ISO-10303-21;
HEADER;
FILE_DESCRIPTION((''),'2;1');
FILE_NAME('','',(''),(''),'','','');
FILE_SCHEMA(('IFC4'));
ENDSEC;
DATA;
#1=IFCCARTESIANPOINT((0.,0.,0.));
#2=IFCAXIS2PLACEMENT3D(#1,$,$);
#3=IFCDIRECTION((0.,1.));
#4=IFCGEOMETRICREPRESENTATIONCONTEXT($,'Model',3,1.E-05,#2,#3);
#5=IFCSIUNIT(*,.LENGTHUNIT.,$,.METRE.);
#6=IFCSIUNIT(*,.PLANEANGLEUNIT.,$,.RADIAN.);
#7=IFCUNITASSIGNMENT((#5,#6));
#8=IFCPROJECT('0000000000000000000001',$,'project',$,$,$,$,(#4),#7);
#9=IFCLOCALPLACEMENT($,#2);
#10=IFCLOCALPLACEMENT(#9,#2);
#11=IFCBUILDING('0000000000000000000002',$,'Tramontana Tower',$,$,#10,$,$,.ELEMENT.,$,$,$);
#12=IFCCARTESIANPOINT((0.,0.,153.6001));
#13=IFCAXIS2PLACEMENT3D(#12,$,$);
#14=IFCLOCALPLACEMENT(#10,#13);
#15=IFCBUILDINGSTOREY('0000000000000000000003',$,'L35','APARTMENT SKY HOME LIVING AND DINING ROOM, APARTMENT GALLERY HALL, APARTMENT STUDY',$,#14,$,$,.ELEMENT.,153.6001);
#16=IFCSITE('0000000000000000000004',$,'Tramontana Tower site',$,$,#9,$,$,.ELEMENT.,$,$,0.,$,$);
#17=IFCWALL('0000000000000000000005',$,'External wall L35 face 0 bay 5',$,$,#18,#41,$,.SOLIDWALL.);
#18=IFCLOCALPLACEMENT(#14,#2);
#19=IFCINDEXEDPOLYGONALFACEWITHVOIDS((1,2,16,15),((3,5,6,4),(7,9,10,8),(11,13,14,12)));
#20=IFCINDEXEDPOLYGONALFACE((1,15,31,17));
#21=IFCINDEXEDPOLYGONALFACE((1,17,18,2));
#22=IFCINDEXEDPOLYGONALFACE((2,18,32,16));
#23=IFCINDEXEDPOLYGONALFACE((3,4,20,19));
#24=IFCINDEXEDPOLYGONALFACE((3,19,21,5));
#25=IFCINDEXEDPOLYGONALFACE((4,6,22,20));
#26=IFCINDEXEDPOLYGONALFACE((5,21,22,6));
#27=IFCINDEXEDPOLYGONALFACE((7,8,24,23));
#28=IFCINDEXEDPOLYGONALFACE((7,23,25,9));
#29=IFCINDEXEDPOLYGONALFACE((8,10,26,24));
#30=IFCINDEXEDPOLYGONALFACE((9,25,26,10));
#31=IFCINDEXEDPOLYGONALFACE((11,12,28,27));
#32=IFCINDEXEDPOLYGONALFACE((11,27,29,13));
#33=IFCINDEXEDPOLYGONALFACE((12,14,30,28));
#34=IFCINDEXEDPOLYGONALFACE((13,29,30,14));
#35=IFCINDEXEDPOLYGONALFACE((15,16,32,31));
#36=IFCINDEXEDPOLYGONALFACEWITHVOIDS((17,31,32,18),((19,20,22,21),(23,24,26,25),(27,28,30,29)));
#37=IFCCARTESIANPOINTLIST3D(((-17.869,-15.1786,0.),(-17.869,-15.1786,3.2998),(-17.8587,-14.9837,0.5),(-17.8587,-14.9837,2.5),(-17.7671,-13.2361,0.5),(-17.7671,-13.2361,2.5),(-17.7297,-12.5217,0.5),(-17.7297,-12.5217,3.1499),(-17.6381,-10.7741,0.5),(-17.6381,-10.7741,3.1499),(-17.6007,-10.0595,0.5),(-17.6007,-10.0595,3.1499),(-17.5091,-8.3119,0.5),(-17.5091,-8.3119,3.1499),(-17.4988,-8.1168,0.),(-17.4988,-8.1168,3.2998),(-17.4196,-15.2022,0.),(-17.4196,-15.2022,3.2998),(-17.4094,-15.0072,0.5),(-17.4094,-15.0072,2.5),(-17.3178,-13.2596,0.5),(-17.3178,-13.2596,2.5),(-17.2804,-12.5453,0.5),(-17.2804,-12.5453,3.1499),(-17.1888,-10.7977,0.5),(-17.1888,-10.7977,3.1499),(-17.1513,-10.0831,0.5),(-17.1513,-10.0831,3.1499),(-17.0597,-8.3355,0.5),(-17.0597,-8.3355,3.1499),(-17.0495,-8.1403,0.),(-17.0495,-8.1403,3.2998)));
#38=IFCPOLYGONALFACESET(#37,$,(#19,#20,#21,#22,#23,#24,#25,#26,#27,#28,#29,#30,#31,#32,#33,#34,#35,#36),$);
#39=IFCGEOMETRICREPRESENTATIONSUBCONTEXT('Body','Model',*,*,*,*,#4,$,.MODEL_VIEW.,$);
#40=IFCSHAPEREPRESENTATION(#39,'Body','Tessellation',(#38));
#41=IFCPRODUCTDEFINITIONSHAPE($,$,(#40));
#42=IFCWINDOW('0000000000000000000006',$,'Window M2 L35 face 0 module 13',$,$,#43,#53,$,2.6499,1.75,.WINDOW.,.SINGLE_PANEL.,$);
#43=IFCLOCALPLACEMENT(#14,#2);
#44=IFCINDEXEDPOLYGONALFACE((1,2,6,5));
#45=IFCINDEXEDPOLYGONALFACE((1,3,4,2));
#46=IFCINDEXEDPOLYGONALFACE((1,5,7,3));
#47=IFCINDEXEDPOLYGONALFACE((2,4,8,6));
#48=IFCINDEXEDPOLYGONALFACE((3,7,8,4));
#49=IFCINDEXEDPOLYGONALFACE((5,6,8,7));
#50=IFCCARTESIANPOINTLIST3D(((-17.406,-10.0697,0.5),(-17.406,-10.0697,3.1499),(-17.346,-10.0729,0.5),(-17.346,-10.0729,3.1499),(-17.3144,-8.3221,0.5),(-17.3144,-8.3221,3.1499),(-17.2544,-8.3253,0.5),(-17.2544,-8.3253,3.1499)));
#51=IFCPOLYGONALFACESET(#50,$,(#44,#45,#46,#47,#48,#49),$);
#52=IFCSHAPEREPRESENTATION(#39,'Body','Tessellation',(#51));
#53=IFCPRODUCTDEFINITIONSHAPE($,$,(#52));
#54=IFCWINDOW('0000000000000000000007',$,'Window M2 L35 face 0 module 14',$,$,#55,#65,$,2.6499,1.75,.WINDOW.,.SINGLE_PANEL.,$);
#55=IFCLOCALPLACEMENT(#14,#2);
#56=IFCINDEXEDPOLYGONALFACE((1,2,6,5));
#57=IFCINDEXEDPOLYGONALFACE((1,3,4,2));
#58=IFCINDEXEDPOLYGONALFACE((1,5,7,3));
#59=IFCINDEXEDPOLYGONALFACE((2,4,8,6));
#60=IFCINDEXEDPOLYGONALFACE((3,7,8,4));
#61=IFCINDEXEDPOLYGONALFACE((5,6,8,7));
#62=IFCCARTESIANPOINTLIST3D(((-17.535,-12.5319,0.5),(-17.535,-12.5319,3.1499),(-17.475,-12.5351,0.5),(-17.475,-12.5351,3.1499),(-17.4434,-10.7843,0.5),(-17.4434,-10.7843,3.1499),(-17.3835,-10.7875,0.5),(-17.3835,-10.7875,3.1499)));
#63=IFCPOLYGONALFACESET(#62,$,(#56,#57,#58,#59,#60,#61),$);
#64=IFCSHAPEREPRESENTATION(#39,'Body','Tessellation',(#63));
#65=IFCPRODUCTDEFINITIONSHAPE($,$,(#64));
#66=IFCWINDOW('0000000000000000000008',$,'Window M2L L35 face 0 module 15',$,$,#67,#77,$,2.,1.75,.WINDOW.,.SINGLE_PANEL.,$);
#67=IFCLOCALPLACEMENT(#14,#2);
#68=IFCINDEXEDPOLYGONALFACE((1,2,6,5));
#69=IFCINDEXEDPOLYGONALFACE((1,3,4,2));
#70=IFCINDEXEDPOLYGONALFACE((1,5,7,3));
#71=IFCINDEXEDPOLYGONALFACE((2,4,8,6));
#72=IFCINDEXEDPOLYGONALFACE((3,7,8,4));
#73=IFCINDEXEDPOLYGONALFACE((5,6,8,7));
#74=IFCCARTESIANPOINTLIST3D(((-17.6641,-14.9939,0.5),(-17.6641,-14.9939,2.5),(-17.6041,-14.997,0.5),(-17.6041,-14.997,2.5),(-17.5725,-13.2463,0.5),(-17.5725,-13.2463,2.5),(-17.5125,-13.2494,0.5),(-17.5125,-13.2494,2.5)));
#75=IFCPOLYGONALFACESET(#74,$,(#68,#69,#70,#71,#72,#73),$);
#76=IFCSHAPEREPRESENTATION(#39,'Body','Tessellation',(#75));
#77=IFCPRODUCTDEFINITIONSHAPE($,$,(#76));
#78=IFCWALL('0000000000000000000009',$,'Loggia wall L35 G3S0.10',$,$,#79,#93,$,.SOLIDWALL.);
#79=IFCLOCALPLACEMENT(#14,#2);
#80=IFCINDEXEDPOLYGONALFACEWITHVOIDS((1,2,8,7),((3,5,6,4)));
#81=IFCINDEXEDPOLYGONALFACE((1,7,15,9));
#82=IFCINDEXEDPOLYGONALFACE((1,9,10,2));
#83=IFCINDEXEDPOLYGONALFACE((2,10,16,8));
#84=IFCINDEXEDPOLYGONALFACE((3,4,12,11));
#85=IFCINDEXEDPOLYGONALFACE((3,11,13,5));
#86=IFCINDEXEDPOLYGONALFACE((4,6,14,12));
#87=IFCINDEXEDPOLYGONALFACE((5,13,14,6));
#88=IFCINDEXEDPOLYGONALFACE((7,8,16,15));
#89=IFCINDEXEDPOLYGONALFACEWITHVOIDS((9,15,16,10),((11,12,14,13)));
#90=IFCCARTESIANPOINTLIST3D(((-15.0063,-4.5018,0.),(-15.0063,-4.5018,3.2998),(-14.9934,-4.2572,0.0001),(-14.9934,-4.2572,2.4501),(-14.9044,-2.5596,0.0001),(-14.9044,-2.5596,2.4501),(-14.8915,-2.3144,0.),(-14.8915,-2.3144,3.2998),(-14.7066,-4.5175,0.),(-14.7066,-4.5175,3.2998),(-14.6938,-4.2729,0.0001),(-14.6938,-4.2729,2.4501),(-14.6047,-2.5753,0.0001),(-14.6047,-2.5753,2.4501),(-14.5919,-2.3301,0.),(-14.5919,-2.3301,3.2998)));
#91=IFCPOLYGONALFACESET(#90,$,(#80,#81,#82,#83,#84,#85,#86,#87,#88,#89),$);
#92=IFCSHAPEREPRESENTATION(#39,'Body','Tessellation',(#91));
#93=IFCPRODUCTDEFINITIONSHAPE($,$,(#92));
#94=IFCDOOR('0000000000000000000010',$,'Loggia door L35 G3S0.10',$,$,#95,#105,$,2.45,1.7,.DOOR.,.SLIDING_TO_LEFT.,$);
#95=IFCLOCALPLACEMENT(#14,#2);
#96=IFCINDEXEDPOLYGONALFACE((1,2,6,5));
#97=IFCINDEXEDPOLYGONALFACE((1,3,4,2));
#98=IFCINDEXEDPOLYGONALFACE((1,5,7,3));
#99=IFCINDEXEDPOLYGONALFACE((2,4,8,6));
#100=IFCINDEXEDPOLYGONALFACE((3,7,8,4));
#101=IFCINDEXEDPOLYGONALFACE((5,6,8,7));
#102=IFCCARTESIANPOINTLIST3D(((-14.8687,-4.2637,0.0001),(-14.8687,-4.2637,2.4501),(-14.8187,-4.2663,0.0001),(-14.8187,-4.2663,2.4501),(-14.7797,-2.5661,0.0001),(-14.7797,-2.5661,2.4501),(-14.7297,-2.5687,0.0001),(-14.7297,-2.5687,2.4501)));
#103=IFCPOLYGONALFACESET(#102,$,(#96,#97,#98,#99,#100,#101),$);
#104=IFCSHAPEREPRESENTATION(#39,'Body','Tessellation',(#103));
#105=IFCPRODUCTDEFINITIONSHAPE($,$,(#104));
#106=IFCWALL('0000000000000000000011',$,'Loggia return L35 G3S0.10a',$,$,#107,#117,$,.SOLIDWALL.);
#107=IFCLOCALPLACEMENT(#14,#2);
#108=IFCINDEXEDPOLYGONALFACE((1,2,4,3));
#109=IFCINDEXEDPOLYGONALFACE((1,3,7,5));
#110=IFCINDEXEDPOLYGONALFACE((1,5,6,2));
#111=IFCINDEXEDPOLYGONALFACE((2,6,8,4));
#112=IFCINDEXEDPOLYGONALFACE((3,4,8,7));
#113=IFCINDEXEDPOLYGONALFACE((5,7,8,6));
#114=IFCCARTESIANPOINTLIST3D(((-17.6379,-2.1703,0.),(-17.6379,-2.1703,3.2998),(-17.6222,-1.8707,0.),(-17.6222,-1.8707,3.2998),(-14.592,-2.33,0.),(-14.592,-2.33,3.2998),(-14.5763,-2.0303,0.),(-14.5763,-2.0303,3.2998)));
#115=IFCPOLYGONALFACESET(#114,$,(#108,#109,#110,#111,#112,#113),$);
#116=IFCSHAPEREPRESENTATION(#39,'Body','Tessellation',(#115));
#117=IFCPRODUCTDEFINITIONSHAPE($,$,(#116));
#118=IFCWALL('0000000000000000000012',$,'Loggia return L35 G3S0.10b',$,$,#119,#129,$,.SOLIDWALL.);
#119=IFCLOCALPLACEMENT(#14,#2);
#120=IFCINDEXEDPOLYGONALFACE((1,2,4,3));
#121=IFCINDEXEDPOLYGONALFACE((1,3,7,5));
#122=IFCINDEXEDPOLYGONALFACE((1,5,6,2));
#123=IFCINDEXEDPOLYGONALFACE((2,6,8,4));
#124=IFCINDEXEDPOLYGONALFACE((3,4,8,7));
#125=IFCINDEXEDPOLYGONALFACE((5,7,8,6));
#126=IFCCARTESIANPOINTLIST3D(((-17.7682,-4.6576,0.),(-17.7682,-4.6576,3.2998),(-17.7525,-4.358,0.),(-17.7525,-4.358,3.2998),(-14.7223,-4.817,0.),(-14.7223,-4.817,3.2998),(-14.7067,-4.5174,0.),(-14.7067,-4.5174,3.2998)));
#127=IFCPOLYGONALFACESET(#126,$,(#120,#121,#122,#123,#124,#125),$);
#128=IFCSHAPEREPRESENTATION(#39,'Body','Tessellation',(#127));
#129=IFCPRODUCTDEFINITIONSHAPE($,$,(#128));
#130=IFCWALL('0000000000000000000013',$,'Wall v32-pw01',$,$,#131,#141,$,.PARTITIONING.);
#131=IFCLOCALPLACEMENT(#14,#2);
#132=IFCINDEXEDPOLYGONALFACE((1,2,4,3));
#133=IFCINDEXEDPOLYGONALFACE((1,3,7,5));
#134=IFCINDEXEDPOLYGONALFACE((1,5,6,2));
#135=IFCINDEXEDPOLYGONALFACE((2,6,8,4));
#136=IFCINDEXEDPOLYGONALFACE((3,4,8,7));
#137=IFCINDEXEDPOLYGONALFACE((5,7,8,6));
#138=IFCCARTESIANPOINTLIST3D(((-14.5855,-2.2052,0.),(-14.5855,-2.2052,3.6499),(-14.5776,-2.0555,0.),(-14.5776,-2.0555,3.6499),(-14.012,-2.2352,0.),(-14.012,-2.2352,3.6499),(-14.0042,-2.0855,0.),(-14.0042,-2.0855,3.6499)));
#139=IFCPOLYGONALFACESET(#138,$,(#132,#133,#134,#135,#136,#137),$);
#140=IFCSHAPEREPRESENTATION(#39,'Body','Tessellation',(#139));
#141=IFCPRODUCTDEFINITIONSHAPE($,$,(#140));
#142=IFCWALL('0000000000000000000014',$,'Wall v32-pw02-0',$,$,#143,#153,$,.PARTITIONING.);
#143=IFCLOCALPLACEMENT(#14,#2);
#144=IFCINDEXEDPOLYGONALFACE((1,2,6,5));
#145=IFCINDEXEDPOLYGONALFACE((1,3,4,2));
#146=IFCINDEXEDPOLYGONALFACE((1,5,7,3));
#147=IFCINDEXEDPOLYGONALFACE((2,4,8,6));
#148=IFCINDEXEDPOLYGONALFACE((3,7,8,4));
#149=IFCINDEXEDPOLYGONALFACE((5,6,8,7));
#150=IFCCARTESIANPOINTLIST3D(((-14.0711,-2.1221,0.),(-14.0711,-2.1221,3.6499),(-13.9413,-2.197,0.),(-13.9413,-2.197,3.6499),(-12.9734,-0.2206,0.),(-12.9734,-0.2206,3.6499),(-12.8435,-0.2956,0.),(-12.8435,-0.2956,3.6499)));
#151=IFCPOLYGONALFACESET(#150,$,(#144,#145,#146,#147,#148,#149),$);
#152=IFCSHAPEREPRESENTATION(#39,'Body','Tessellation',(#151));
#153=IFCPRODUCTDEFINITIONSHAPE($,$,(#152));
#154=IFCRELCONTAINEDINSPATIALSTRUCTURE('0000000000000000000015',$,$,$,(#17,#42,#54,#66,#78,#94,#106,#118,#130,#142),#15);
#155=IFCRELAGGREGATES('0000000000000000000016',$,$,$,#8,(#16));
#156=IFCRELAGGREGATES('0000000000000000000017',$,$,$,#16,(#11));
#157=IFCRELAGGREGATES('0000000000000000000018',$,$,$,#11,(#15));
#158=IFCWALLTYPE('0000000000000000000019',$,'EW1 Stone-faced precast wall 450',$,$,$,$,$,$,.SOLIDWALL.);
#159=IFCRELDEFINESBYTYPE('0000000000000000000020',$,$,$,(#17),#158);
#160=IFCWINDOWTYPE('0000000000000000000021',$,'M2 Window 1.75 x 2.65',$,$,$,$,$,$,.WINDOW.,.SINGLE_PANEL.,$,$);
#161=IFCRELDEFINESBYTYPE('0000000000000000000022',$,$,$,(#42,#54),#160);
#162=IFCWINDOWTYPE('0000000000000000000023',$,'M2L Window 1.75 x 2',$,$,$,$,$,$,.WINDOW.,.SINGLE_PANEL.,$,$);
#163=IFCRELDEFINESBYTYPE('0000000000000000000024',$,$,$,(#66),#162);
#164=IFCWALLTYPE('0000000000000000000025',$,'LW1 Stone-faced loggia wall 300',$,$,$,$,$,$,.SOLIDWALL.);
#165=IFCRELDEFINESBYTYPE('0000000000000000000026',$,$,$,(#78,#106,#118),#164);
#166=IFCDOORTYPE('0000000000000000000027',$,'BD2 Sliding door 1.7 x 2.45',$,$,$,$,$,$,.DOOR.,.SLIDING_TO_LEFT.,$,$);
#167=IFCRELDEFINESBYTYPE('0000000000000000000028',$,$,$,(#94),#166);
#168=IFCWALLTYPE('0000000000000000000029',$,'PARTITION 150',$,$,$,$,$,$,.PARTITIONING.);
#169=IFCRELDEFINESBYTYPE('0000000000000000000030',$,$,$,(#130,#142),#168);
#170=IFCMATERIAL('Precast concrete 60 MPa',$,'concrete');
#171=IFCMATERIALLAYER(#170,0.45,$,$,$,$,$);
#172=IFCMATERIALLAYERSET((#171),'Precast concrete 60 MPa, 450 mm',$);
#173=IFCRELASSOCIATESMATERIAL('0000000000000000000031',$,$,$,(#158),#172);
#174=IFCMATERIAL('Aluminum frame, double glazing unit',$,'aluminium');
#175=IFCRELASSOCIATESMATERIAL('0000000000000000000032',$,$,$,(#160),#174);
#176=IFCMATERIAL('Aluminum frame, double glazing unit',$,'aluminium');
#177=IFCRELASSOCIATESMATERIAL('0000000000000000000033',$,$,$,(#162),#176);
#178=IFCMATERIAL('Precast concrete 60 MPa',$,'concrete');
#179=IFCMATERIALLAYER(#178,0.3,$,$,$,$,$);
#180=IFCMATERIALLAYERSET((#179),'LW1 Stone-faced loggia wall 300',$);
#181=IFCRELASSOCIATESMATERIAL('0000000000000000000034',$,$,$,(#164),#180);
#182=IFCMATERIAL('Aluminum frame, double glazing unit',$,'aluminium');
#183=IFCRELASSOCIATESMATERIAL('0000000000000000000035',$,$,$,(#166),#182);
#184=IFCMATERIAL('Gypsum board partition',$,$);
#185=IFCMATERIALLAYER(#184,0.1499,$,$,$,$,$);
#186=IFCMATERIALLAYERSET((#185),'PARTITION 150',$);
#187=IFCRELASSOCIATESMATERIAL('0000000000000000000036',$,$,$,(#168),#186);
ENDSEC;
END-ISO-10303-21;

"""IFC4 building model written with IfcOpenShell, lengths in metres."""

from ifc_helpers import new_model, si_unit, direction, frame, frame_2d, origin, place, context, subcontext, project, spatial, rectangle, extrude, material, layer, layer_set, type_object, element, fill, save


model = new_model("IFC4")

# Units and contexts
model_context = context("Model", 3, precision=1e-05, world=origin(), true_north=direction((0.0, 1.0)))
body_context = subcontext(model_context, "Body", "Model", "MODEL_VIEW")
ifc_project = project(units=[si_unit("LENGTHUNIT", "METRE"), si_unit("PLANEANGLEUNIT", "RADIAN")], contexts=[model_context])

# Site, building, storey
site_placement = place(None, origin())
site = spatial("IfcSite", under=ifc_project, at=site_placement, Name="Tramontana Tower site", CompositionType="ELEMENT", RefElevation=0.0)
building_placement = place(site_placement, origin())
building = spatial("IfcBuilding", under=site, at=building_placement, Name="Tramontana Tower", CompositionType="ELEMENT")
storey_placement = place(building_placement, frame((0.0, 0.0, 153.6001)))
storey = spatial("IfcBuildingStorey", under=building, at=storey_placement, Name="L35", Description="APARTMENT SKY HOME LIVING AND DINING ROOM, APARTMENT GALLERY HALL, APARTMENT STUDY", CompositionType="ELEMENT", Elevation=153.6001)

# Shared definitions
ifc_material_1 = material(Name="Precast concrete 60 MPa", Category="concrete")
ifc_layer_1 = layer(ifc_material_1, 0.45)
ifc_layer_set_1 = layer_set([ifc_layer_1], Name="Precast concrete 60 MPa, 450 mm")
wall_type_1 = type_object("IfcWallType", Name="EW1 Stone-faced precast wall 450", PredefinedType="SOLIDWALL", material=ifc_layer_set_1)
ifc_material_2 = material(Name="Aluminum frame, double glazing unit", Category="aluminium")
window_type_1 = type_object("IfcWindowType", Name="M2 Window 1.75 x 2.65", PartitioningType="SINGLE_PANEL", PredefinedType="WINDOW", material=ifc_material_2)

# Wall, openings, windows
wall_1_placement = place(storey_placement, frame((-17.2742, -8.1287, 0.0), z_axis=(0.0, 0.0, 1.0), x_axis=(-0.05234, -0.998629, 0.0)))
wall_1 = element("IfcWall", 1, at=wall_1_placement, inside=storey, type_object=wall_type_1, Name="External wall L35 face 0 bay 5", PredefinedType="SOLIDWALL", context=body_context, shape_type="SweptSolid", body=[
    extrude(rectangle(XDim=7.0715, YDim=0.45, at=frame_2d((3.5356, 0.0))), origin(), (0.0, 0.0, 1.0), 3.2998),
])
opening_1_placement = place(wall_1_placement, frame((0.1953, 0.0, 0.5)))
opening_1 = element("IfcOpeningElement", 2, at=opening_1_placement, cuts=wall_1, PredefinedType="OPENING", context=body_context, shape_type="SweptSolid", body=[
    extrude(rectangle(XDim=1.75, YDim=2.6499, at=frame_2d((0.875, 1.325))), frame((0.0, 0.2349, 0.0), z_axis=(0.0, -1.0, 0.0), x_axis=(1.0, 0.0, 0.0)), (0.0, 0.0, 1.0), 0.47),
])
opening_2_placement = place(wall_1_placement, frame((2.6609, 0.0, 0.5)))
opening_2 = element("IfcOpeningElement", 3, at=opening_2_placement, cuts=wall_1, PredefinedType="OPENING", context=body_context, shape_type="SweptSolid", body=[
    extrude(rectangle(XDim=1.75, YDim=2.6499, at=frame_2d((0.875, 1.325))), frame((0.0, 0.2349, 0.0), z_axis=(0.0, -1.0, 0.0), x_axis=(1.0, 0.0, 0.0)), (0.0, 0.0, 1.0), 0.47),
])
opening_3_placement = place(wall_1_placement, frame((5.1262, 0.0, 0.5)))
opening_3 = element("IfcOpeningElement", 4, at=opening_3_placement, cuts=wall_1, PredefinedType="OPENING", context=body_context, shape_type="SweptSolid", body=[
    extrude(rectangle(XDim=1.75, YDim=2.0, at=frame_2d((0.875, 1.0))), frame((0.0, 0.2349, 0.0), z_axis=(0.0, -1.0, 0.0), x_axis=(1.0, 0.0, 0.0)), (0.0, 0.0, 1.0), 0.47),
])
window_1_placement = place(opening_1_placement, origin())
window_1 = element("IfcWindow", 5, at=window_1_placement, inside=storey, type_object=window_type_1, Name="Window M2 L35 face 0 module 13", OverallHeight=2.6499, OverallWidth=1.75, PartitioningType="SINGLE_PANEL", PredefinedType="WINDOW", context=body_context, shape_type="SweptSolid", body=[
    extrude(rectangle(XDim=1.75, YDim=2.6499, at=frame_2d((0.875, 1.325))), frame((0.0, 0.03, 0.0), z_axis=(0.0, -1.0, 0.0), x_axis=(1.0, 0.0, 0.0)), (0.0, 0.0, 1.0), 0.0601),
])
fill(opening_1, window_1)
window_2_placement = place(opening_2_placement, origin())
window_2 = element("IfcWindow", 6, at=window_2_placement, inside=storey, type_object=window_type_1, Name="Window M2 L35 face 0 module 14", OverallHeight=2.6499, OverallWidth=1.75, PartitioningType="SINGLE_PANEL", PredefinedType="WINDOW", context=body_context, shape_type="SweptSolid", body=[
    extrude(rectangle(XDim=1.75, YDim=2.6499, at=frame_2d((0.875, 1.325))), frame((0.0, 0.03, 0.0), z_axis=(0.0, -1.0, 0.0), x_axis=(1.0, 0.0, 0.0)), (0.0, 0.0, 1.0), 0.0601),
])
fill(opening_2, window_2)
ifc_material_3 = material(Name="Aluminum frame, double glazing unit", Category="aluminium")
window_type_2 = type_object("IfcWindowType", Name="M2L Window 1.75 x 2", PartitioningType="SINGLE_PANEL", PredefinedType="WINDOW", material=ifc_material_3)
window_3_placement = place(opening_3_placement, origin())
window_3 = element("IfcWindow", 7, at=window_3_placement, inside=storey, type_object=window_type_2, Name="Window M2L L35 face 0 module 15", OverallHeight=2.0, OverallWidth=1.75, PartitioningType="SINGLE_PANEL", PredefinedType="WINDOW", context=body_context, shape_type="SweptSolid", body=[
    extrude(rectangle(XDim=1.75, YDim=2.0, at=frame_2d((0.875, 1.0))), frame((0.0, 0.03, 0.0), z_axis=(0.0, -1.0, 0.0), x_axis=(1.0, 0.0, 0.0)), (0.0, 0.0, 1.0), 0.0601),
])
fill(opening_3, window_3)

# Wall, opening, door
ifc_material_4 = material(Name="Precast concrete 60 MPa", Category="concrete")
ifc_layer_2 = layer(ifc_material_4, 0.3)
ifc_layer_set_2 = layer_set([ifc_layer_2], Name="LW1 Stone-faced loggia wall 300")
wall_type_2 = type_object("IfcWallType", Name="LW1 Stone-faced loggia wall 300", PredefinedType="SOLIDWALL", material=ifc_layer_set_2)
wall_2_placement = place(storey_placement, frame((-14.7417, -2.3223, 0.0), z_axis=(0.0, 0.0, 1.0), x_axis=(-0.052383, -0.998627, 0.0)))
wall_2 = element("IfcWall", 8, at=wall_2_placement, inside=storey, type_object=wall_type_2, Name="Loggia wall L35 G3S0.10", PredefinedType="SOLIDWALL", context=body_context, shape_type="SweptSolid", body=[
    extrude(rectangle(XDim=2.1904, YDim=0.3, at=frame_2d((1.0952, 0.0))), origin(), (0.0, 0.0, 1.0), 3.2998),
])
opening_4_placement = place(wall_2_placement, frame((0.2454, 0.0, 0.0)))
opening_4 = element("IfcOpeningElement", 9, at=opening_4_placement, cuts=wall_2, PredefinedType="OPENING", context=body_context, shape_type="SweptSolid", body=[
    extrude(rectangle(XDim=1.7, YDim=2.45, at=frame_2d((0.8501, 1.2251))), frame((0.0, 0.1599, 0.0), z_axis=(0.0, -1.0, 0.0), x_axis=(1.0, 0.0, 0.0)), (0.0, 0.0, 1.0), 0.3201),
])
ifc_material_5 = material(Name="Aluminum frame, double glazing unit", Category="aluminium")
door_type_1 = type_object("IfcDoorType", Name="BD2 Sliding door 1.7 x 2.45", OperationType="SLIDING_TO_LEFT", PredefinedType="DOOR", material=ifc_material_5)
door_1_placement = place(opening_4_placement, origin())
door_1 = element("IfcDoor", 10, at=door_1_placement, inside=storey, type_object=door_type_1, Name="Loggia door L35 G3S0.10", OperationType="SLIDING_TO_LEFT", OverallHeight=2.45, OverallWidth=1.7, PredefinedType="DOOR", context=body_context, shape_type="SweptSolid", body=[
    extrude(rectangle(XDim=1.7, YDim=2.45, at=frame_2d((0.8501, 1.2251))), frame((0.0, 0.0249, 0.0), z_axis=(0.0, -1.0, 0.0), x_axis=(1.0, 0.0, 0.0)), (0.0, 0.0, 1.0), 0.05),
])
fill(opening_4, door_1)

# Walls
for number, where, z_axis, x_axis, name in (
    (11, (-17.6299, -2.0205, 0.0), (0.0, 0.0, 1.0), (0.998629, -0.052349, 0.0), "Loggia return L35 G3S0.10a"),
    (12, (-17.7603, -4.5078, 0.0), (0.0, 0.0, 1.0), (0.998633, -0.052269, 0.0), "Loggia return L35 G3S0.10b"),
):
    element("IfcWall", number, at=place(storey_placement, frame(where, z_axis=z_axis, x_axis=x_axis)), inside=storey, type_object=wall_type_2, Name=name, PredefinedType="SOLIDWALL", context=body_context, shape_type="SweptSolid", body=[
        extrude(rectangle(XDim=3.05, YDim=0.3, at=frame_2d((1.5249, 0.0))), origin(), (0.0, 0.0, 1.0), 3.2998),
    ])
ifc_material_6 = material(Name="Gypsum board partition")
ifc_layer_3 = layer(ifc_material_6, 0.1499)
ifc_layer_set_3 = layer_set([ifc_layer_3], Name="PARTITION 150")
wall_type_3 = type_object("IfcWallType", Name="PARTITION 150", PredefinedType="PARTITIONING", material=ifc_layer_set_3)
wall_3_placement = place(storey_placement, frame((-14.5815, -2.1304, 0.0), z_axis=(0.0, 0.0, 1.0), x_axis=(0.998632, -0.052291, 0.0)))
element("IfcWall", 13, at=wall_3_placement, inside=storey, type_object=wall_type_3, Name="Wall v32-pw01", PredefinedType="PARTITIONING", context=body_context, shape_type="SweptSolid", body=[
    extrude(rectangle(XDim=0.5742, YDim=0.1499, at=frame_2d((0.2871, 0.0))), origin(), (0.0, 0.0, 1.0), 3.6499),
])
wall_4_placement = place(storey_placement, frame((-14.0061, -2.1594, 0.0), z_axis=(0.0, 0.0, 1.0), x_axis=(0.499966, 0.866045, 0.0)))
element("IfcWall", 14, at=wall_4_placement, inside=storey, type_object=wall_type_3, Name="Wall v32-pw02-0", PredefinedType="PARTITIONING", context=body_context, shape_type="SweptSolid", body=[
    extrude(rectangle(XDim=2.1956, YDim=0.1499, at=frame_2d((1.0977, 0.0))), origin(), (0.0, 0.0, 1.0), 3.6499),
])

save(model, "model.ifc")
